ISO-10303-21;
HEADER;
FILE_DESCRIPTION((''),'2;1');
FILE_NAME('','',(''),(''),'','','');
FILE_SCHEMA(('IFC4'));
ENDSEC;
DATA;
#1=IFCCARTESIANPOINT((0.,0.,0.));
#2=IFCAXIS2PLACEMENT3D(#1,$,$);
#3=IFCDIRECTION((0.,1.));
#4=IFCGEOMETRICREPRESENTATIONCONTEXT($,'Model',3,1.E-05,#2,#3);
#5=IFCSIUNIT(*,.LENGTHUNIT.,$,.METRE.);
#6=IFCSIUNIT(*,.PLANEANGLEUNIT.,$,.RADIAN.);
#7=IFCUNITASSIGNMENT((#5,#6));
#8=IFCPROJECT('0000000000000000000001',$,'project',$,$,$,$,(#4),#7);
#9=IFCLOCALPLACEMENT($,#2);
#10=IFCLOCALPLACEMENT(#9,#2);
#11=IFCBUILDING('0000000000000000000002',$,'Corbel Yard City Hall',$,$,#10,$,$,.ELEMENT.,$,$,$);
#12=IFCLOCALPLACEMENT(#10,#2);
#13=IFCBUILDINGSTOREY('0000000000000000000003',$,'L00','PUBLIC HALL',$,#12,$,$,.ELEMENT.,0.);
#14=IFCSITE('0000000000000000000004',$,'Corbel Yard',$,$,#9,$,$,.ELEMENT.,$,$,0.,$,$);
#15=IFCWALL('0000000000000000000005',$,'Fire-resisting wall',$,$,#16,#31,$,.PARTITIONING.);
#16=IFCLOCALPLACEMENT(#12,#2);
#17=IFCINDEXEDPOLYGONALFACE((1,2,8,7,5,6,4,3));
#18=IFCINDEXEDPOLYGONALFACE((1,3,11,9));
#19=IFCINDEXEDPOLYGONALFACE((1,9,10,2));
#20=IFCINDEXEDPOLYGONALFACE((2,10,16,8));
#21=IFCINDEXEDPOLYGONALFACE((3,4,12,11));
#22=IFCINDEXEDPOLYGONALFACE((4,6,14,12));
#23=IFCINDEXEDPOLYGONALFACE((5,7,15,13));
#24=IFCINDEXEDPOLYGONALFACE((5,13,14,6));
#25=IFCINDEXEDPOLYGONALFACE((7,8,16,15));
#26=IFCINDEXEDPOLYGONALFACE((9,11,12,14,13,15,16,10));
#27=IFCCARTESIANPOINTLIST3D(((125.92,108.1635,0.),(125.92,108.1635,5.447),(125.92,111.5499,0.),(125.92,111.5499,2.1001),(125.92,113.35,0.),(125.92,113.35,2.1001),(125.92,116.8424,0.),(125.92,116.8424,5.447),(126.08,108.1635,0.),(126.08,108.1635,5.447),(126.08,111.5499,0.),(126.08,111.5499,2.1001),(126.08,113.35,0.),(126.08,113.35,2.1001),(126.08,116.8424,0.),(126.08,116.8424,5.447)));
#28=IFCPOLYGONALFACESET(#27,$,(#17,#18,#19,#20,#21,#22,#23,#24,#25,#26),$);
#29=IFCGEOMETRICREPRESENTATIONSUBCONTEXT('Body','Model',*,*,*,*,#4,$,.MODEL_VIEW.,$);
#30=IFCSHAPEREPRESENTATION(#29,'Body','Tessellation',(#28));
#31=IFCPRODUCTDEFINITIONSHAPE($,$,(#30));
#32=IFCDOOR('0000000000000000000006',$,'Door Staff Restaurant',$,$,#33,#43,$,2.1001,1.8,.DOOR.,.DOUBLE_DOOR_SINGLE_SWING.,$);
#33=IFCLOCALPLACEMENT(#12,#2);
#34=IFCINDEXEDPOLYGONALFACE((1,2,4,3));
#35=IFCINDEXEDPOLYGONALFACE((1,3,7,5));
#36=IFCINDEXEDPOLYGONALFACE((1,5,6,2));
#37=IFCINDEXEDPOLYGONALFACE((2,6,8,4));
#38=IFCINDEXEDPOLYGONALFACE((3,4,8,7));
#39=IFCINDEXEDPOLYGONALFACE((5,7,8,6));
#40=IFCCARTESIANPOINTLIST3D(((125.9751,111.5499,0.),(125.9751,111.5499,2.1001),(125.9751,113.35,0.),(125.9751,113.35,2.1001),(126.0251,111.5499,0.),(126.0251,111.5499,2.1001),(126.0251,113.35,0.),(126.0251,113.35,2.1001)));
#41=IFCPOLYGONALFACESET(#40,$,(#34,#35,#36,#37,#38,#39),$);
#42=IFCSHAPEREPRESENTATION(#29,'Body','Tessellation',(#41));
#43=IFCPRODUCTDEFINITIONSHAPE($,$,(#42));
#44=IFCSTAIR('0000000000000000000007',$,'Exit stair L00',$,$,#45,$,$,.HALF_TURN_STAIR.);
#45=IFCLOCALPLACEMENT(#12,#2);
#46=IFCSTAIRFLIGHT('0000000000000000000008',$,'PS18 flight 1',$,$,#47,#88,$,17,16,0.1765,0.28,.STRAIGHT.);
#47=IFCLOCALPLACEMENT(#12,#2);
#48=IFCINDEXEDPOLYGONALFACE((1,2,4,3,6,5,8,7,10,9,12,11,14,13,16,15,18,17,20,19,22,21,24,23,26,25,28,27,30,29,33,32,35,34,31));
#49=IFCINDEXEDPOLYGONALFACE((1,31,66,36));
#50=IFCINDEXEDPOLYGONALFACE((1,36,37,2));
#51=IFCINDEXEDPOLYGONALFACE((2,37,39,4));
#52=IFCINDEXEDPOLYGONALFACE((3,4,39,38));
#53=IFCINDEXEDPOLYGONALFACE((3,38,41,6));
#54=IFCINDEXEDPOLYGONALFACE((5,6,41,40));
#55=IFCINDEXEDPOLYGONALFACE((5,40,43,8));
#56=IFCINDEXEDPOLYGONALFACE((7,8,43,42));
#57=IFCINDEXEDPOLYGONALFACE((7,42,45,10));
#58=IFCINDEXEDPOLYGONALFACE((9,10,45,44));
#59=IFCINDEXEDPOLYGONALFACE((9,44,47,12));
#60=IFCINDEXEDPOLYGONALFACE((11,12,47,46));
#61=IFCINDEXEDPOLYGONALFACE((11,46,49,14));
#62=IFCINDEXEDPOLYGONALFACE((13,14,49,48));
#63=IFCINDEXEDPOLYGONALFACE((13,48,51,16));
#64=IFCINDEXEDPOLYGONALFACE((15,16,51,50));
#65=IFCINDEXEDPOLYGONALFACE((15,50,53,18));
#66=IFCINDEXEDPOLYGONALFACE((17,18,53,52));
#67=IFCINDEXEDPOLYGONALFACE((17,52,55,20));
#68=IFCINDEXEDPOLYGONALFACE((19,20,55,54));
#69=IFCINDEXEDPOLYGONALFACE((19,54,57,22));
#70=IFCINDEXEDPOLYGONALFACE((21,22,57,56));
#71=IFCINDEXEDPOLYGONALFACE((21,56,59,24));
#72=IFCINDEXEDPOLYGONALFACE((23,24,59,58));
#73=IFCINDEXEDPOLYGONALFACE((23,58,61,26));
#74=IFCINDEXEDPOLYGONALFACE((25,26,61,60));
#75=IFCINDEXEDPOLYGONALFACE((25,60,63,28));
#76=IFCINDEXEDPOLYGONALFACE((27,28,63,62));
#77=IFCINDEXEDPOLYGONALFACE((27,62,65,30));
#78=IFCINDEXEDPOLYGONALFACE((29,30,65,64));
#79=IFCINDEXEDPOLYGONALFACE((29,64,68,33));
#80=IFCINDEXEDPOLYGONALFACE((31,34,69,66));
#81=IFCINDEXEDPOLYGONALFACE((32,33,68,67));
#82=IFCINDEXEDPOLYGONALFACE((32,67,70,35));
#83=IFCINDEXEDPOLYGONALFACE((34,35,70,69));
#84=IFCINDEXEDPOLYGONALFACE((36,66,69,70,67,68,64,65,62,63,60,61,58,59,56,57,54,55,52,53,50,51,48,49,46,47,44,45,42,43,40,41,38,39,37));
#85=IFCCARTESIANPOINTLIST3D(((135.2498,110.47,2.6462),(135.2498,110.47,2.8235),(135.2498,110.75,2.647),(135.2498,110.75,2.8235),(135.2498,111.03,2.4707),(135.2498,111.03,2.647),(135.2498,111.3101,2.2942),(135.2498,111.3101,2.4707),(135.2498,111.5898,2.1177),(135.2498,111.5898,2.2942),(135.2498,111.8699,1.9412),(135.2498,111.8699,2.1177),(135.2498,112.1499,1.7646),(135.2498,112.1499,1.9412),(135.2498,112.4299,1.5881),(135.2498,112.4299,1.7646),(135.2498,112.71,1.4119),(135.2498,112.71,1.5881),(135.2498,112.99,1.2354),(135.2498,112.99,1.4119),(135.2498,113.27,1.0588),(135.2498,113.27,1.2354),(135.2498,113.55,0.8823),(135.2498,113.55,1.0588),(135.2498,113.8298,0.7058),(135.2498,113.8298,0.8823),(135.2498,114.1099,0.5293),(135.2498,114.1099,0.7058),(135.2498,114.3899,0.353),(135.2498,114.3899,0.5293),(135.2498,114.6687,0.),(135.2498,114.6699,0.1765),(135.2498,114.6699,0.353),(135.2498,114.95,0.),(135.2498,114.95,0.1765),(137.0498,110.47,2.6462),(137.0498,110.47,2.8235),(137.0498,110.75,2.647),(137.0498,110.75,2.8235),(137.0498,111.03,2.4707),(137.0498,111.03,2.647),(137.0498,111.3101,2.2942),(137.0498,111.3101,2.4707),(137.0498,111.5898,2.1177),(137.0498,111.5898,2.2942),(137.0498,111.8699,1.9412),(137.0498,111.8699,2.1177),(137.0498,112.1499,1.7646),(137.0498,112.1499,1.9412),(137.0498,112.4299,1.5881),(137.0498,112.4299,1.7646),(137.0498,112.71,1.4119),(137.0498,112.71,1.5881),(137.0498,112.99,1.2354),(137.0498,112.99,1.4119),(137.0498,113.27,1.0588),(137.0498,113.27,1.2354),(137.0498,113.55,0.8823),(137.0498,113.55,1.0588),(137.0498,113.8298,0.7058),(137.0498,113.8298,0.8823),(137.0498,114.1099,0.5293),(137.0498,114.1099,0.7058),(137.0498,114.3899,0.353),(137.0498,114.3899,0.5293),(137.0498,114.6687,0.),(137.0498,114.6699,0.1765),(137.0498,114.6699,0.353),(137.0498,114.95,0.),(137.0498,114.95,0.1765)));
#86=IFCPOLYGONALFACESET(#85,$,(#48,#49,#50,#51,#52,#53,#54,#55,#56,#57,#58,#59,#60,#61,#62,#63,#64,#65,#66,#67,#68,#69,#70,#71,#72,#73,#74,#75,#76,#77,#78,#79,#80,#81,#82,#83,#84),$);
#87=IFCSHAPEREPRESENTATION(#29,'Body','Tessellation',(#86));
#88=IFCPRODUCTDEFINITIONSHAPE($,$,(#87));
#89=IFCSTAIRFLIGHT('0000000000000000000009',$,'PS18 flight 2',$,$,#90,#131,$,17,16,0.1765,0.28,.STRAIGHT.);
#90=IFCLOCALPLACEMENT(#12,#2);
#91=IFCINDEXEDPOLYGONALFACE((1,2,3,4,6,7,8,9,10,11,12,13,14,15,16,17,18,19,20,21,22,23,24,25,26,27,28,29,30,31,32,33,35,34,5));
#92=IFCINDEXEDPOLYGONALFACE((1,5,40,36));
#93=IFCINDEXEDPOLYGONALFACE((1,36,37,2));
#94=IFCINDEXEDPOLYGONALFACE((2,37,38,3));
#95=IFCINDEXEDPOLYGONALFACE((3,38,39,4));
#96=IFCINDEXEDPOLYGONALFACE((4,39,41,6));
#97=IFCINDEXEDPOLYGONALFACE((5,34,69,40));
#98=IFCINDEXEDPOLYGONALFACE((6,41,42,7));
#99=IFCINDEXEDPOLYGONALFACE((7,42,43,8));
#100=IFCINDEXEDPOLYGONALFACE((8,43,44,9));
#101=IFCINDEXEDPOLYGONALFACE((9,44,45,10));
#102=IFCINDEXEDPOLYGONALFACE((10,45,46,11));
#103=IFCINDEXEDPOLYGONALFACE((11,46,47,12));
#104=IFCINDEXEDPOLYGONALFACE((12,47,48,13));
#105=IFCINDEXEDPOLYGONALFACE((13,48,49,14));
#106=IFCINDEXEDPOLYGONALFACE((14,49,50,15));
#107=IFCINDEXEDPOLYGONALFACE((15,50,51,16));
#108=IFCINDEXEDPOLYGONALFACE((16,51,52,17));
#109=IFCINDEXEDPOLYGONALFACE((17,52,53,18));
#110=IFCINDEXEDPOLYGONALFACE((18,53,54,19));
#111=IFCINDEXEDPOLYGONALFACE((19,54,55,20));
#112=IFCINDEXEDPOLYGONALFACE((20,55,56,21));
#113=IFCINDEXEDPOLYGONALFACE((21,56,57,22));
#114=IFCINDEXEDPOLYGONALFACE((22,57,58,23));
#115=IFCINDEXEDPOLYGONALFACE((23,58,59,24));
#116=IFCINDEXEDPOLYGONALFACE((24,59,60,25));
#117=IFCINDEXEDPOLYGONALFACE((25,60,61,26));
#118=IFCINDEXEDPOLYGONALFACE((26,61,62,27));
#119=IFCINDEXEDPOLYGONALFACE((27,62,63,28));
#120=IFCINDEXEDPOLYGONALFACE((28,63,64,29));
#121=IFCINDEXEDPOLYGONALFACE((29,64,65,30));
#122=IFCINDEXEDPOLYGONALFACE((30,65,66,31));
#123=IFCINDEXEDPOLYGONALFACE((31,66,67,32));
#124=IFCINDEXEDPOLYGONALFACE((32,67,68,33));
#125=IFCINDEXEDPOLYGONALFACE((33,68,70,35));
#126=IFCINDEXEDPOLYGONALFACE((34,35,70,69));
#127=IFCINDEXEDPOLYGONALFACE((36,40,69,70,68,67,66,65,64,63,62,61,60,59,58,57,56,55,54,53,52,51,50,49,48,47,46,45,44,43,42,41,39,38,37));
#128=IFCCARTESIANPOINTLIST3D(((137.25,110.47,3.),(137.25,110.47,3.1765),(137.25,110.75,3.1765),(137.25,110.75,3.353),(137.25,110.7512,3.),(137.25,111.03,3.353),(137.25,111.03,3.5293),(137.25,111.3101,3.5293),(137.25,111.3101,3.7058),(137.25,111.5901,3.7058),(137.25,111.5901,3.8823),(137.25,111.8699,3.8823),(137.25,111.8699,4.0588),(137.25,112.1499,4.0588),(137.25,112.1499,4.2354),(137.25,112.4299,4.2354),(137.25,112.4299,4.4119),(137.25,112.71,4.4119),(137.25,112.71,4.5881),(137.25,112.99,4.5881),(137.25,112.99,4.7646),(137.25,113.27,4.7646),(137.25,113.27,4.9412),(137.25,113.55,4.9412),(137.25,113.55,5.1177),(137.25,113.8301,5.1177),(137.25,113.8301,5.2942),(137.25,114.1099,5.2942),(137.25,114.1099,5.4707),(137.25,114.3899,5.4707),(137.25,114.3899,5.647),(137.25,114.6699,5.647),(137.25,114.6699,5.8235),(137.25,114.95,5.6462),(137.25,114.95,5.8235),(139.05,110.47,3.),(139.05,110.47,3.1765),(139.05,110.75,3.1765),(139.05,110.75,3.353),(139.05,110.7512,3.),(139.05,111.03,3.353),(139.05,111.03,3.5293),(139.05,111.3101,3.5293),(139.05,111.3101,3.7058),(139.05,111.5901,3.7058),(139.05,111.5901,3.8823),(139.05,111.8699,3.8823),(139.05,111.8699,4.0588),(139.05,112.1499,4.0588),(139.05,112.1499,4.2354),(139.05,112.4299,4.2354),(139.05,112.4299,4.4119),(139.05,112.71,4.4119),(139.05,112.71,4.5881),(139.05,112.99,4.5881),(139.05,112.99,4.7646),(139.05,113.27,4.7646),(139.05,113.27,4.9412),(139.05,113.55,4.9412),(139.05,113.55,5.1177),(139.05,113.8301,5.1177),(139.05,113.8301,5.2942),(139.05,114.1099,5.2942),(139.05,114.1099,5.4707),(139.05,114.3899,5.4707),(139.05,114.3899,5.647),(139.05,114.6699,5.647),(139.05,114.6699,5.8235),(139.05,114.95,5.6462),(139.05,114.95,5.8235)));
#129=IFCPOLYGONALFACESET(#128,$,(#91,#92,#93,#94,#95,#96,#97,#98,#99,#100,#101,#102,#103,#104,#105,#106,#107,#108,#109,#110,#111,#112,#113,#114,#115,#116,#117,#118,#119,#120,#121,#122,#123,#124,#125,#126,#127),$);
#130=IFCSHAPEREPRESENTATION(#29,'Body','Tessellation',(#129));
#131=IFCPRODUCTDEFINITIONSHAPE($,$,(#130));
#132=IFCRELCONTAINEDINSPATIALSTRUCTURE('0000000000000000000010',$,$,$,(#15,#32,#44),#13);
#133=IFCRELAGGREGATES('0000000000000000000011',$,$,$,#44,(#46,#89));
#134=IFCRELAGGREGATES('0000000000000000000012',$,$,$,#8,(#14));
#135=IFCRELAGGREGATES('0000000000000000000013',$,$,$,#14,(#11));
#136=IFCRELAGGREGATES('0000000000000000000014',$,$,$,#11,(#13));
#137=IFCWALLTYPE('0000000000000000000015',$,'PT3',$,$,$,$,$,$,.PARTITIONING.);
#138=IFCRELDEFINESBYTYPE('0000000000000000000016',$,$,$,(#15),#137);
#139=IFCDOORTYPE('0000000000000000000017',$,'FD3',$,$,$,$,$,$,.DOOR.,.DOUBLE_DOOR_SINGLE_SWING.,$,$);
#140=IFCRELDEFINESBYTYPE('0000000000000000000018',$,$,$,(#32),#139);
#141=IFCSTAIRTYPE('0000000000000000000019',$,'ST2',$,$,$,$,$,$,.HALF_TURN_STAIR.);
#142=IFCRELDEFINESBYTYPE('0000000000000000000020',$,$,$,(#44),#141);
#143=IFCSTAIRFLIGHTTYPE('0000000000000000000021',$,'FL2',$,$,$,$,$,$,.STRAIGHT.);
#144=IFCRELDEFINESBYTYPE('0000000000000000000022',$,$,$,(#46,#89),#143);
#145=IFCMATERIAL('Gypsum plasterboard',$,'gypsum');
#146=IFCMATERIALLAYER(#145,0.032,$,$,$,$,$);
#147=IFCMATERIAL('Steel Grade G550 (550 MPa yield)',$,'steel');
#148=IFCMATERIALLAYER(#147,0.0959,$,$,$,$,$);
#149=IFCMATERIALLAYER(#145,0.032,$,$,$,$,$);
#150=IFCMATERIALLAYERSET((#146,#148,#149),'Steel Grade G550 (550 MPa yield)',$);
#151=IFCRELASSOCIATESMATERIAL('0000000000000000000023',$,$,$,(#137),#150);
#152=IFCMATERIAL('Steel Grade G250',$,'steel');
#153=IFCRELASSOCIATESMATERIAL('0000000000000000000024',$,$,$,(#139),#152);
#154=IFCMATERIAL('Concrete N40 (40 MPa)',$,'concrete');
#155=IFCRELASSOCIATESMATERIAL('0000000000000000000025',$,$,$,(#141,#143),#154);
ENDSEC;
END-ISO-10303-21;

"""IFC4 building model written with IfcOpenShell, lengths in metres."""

from ifc_helpers import new_model, si_unit, direction, frame, frame_2d, origin, place, context, subcontext, project, spatial, polyline, rectangle, outline, extrude, material, layer, layer_set, type_object, element, fill, aggregate, save


model = new_model("IFC4")

# Units and contexts
model_context = context("Model", 3, precision=1e-05, world=origin(), true_north=direction((0.0, 1.0)))
body_context = subcontext(model_context, "Body", "Model", "MODEL_VIEW")
ifc_project = project(units=[si_unit("LENGTHUNIT", "METRE"), si_unit("PLANEANGLEUNIT", "RADIAN")], contexts=[model_context])

# Site, building, storey
site_placement = place(None, origin())
site = spatial("IfcSite", under=ifc_project, at=site_placement, Name="Corbel Yard", CompositionType="ELEMENT", RefElevation=0.0)
building_placement = place(site_placement, origin())
building = spatial("IfcBuilding", under=site, at=building_placement, Name="Corbel Yard City Hall", CompositionType="ELEMENT")
storey_placement = place(building_placement, origin())
storey = spatial("IfcBuildingStorey", under=building, at=storey_placement, Name="L00", Description="PUBLIC HALL", CompositionType="ELEMENT", Elevation=0.0)

# Shared definitions
ifc_material_1 = material(Name="Gypsum plasterboard", Category="gypsum")
ifc_material_2 = material(Name="Steel Grade G550 (550 MPa yield)", Category="steel")

# Wall, opening, door
ifc_layer_1 = layer(ifc_material_1, 0.032)
ifc_layer_2 = layer(ifc_material_2, 0.0959)
ifc_layer_3 = layer(ifc_material_1, 0.032)
ifc_layer_set_1 = layer_set([ifc_layer_1, ifc_layer_2, ifc_layer_3], Name="Steel Grade G550 (550 MPa yield)")
wall_type_1 = type_object("IfcWallType", Name="PT3", PredefinedType="PARTITIONING", material=ifc_layer_set_1)
wall_1_placement = place(storey_placement, frame((126.0, 108.1636, 0.0), z_axis=(0.0, 0.0, 1.0), x_axis=(0.0, 1.0, 0.0)))
wall_1 = element("IfcWall", 1, at=wall_1_placement, inside=storey, type_object=wall_type_1, Name="Fire-resisting wall", PredefinedType="PARTITIONING", context=body_context, shape_type="SweptSolid", body=[
    extrude(rectangle(XDim=8.679, YDim=0.1599, at=frame_2d((4.3394, 0.0))), origin(), (0.0, 0.0, 1.0), 5.447),
])
opening_1_placement = place(wall_1_placement, frame((3.3865, 0.0, 0.0)))
opening_1 = element("IfcOpeningElement", 2, at=opening_1_placement, cuts=wall_1, PredefinedType="OPENING", context=body_context, shape_type="SweptSolid", body=[
    extrude(rectangle(XDim=1.8, YDim=2.1001, at=frame_2d((0.8999, 1.05))), frame((0.0, 0.0898, 0.0), z_axis=(0.0, -1.0, 0.0), x_axis=(1.0, 0.0, 0.0)), (0.0, 0.0, 1.0), 0.1799),
])
ifc_material_3 = material(Name="Steel Grade G250", Category="steel")
door_type_1 = type_object("IfcDoorType", Name="FD3", OperationType="DOUBLE_DOOR_SINGLE_SWING", PredefinedType="DOOR", material=ifc_material_3)
door_1_placement = place(opening_1_placement, origin())
door_1 = element("IfcDoor", 3, at=door_1_placement, inside=storey, type_object=door_type_1, Name="Door Staff Restaurant", OperationType="DOUBLE_DOOR_SINGLE_SWING", OverallHeight=2.1001, OverallWidth=1.8, PredefinedType="DOOR", context=body_context, shape_type="SweptSolid", body=[
    extrude(rectangle(XDim=1.8, YDim=2.1001, at=frame_2d((0.8999, 1.05))), frame((0.0, 0.0249, 0.0), z_axis=(0.0, -1.0, 0.0), x_axis=(1.0, 0.0, 0.0)), (0.0, 0.0, 1.0), 0.05),
])
fill(opening_1, door_1)

# Stair, stair flights
ifc_material_4 = material(Name="Concrete N40 (40 MPa)", Category="concrete")
stair_type = type_object("IfcStairType", Name="ST2", PredefinedType="HALF_TURN_STAIR", material=ifc_material_4)
stair_placement = place(storey_placement, origin())
stair = element("IfcStair", 4, at=stair_placement, inside=storey, type_object=stair_type, Name="Exit stair L00", PredefinedType="HALF_TURN_STAIR")
stair_flight_type = type_object("IfcStairFlightType", Name="FL2", PredefinedType="STRAIGHT", material=ifc_material_4)
stair_flight_1_placement = place(storey_placement, frame((136.1499, 114.95, 0.0), z_axis=(0.0, 0.0, 1.0), x_axis=(0.0, -1.0, 0.0)))
stair_flight_1 = element("IfcStairFlight", 5, at=stair_flight_1_placement, type_object=stair_flight_type, Name="PS18 flight 1", NumberOfRisers=17, NumberOfTreads=16, PredefinedType="STRAIGHT", RiserHeight=0.1765, TreadLength=0.28, context=body_context, shape_type="SweptSolid", body=[
    extrude(outline(polyline([(0.0, 0.0), (0.0, 0.1765), (0.28, 0.1765), (0.28, 0.353), (0.5601, 0.353), (0.5601, 0.5293), (0.8401, 0.5293), (0.8401, 0.7058), (1.1201, 0.7058), (1.1201, 0.8823), (1.3999, 0.8823), (1.3999, 1.0588), (1.6799, 1.0588), (1.6799, 1.2354), (1.96, 1.2354), (1.96, 1.4119), (2.24, 1.4119), (2.24, 1.5881), (2.52, 1.5881), (2.52, 1.7646), (2.8, 1.7646), (2.8, 1.9412), (3.0801, 1.9412), (3.0801, 2.1177), (3.3601, 2.1177), (3.3601, 2.2942), (3.6399, 2.2942), (3.6399, 2.4707), (3.9199, 2.4707), (3.9199, 2.647), (4.2, 2.647), (4.2, 2.8235), (4.48, 2.8235), (4.48, 3.0), (4.48, 2.6462), (0.2812, 0.0), (0.0, 0.0)])), frame((0.0, 0.8999, 0.0), z_axis=(0.0, -1.0, 0.0), x_axis=(1.0, 0.0, 0.0)), (0.0, 0.0, 1.0), 1.8),
])
stair_flight_2_placement = place(storey_placement, frame((138.1499, 110.47, 3.0), z_axis=(0.0, 0.0, 1.0), x_axis=(0.0, 1.0, 0.0)))
stair_flight_2 = element("IfcStairFlight", 6, at=stair_flight_2_placement, type_object=stair_flight_type, Name="PS18 flight 2", NumberOfRisers=17, NumberOfTreads=16, PredefinedType="STRAIGHT", RiserHeight=0.1765, TreadLength=0.28, context=body_context, shape_type="SweptSolid", body=[
    extrude(outline(polyline([(0.0, 0.0), (0.0, 0.1765), (0.28, 0.1765), (0.28, 0.353), (0.5601, 0.353), (0.5601, 0.5293), (0.8401, 0.5293), (0.8401, 0.7058), (1.1201, 0.7058), (1.1201, 0.8823), (1.3999, 0.8823), (1.3999, 1.0588), (1.6799, 1.0588), (1.6799, 1.2354), (1.96, 1.2354), (1.96, 1.4119), (2.24, 1.4119), (2.24, 1.5881), (2.52, 1.5881), (2.52, 1.7646), (2.8, 1.7646), (2.8, 1.9412), (3.0801, 1.9412), (3.0801, 2.1177), (3.3601, 2.1177), (3.3601, 2.2942), (3.6399, 2.2942), (3.6399, 2.4707), (3.9199, 2.4707), (3.9199, 2.647), (4.2, 2.647), (4.2, 2.8235), (4.48, 2.8235), (4.48, 3.0), (4.48, 2.6462), (0.2812, 0.0), (0.0, 0.0)])), frame((0.0, 0.8999, 0.0), z_axis=(0.0, -1.0, 0.0), x_axis=(1.0, 0.0, 0.0)), (0.0, 0.0, 1.0), 1.8),
])
aggregate(stair, [stair_flight_1, stair_flight_2])

save(model, "model.ifc")
